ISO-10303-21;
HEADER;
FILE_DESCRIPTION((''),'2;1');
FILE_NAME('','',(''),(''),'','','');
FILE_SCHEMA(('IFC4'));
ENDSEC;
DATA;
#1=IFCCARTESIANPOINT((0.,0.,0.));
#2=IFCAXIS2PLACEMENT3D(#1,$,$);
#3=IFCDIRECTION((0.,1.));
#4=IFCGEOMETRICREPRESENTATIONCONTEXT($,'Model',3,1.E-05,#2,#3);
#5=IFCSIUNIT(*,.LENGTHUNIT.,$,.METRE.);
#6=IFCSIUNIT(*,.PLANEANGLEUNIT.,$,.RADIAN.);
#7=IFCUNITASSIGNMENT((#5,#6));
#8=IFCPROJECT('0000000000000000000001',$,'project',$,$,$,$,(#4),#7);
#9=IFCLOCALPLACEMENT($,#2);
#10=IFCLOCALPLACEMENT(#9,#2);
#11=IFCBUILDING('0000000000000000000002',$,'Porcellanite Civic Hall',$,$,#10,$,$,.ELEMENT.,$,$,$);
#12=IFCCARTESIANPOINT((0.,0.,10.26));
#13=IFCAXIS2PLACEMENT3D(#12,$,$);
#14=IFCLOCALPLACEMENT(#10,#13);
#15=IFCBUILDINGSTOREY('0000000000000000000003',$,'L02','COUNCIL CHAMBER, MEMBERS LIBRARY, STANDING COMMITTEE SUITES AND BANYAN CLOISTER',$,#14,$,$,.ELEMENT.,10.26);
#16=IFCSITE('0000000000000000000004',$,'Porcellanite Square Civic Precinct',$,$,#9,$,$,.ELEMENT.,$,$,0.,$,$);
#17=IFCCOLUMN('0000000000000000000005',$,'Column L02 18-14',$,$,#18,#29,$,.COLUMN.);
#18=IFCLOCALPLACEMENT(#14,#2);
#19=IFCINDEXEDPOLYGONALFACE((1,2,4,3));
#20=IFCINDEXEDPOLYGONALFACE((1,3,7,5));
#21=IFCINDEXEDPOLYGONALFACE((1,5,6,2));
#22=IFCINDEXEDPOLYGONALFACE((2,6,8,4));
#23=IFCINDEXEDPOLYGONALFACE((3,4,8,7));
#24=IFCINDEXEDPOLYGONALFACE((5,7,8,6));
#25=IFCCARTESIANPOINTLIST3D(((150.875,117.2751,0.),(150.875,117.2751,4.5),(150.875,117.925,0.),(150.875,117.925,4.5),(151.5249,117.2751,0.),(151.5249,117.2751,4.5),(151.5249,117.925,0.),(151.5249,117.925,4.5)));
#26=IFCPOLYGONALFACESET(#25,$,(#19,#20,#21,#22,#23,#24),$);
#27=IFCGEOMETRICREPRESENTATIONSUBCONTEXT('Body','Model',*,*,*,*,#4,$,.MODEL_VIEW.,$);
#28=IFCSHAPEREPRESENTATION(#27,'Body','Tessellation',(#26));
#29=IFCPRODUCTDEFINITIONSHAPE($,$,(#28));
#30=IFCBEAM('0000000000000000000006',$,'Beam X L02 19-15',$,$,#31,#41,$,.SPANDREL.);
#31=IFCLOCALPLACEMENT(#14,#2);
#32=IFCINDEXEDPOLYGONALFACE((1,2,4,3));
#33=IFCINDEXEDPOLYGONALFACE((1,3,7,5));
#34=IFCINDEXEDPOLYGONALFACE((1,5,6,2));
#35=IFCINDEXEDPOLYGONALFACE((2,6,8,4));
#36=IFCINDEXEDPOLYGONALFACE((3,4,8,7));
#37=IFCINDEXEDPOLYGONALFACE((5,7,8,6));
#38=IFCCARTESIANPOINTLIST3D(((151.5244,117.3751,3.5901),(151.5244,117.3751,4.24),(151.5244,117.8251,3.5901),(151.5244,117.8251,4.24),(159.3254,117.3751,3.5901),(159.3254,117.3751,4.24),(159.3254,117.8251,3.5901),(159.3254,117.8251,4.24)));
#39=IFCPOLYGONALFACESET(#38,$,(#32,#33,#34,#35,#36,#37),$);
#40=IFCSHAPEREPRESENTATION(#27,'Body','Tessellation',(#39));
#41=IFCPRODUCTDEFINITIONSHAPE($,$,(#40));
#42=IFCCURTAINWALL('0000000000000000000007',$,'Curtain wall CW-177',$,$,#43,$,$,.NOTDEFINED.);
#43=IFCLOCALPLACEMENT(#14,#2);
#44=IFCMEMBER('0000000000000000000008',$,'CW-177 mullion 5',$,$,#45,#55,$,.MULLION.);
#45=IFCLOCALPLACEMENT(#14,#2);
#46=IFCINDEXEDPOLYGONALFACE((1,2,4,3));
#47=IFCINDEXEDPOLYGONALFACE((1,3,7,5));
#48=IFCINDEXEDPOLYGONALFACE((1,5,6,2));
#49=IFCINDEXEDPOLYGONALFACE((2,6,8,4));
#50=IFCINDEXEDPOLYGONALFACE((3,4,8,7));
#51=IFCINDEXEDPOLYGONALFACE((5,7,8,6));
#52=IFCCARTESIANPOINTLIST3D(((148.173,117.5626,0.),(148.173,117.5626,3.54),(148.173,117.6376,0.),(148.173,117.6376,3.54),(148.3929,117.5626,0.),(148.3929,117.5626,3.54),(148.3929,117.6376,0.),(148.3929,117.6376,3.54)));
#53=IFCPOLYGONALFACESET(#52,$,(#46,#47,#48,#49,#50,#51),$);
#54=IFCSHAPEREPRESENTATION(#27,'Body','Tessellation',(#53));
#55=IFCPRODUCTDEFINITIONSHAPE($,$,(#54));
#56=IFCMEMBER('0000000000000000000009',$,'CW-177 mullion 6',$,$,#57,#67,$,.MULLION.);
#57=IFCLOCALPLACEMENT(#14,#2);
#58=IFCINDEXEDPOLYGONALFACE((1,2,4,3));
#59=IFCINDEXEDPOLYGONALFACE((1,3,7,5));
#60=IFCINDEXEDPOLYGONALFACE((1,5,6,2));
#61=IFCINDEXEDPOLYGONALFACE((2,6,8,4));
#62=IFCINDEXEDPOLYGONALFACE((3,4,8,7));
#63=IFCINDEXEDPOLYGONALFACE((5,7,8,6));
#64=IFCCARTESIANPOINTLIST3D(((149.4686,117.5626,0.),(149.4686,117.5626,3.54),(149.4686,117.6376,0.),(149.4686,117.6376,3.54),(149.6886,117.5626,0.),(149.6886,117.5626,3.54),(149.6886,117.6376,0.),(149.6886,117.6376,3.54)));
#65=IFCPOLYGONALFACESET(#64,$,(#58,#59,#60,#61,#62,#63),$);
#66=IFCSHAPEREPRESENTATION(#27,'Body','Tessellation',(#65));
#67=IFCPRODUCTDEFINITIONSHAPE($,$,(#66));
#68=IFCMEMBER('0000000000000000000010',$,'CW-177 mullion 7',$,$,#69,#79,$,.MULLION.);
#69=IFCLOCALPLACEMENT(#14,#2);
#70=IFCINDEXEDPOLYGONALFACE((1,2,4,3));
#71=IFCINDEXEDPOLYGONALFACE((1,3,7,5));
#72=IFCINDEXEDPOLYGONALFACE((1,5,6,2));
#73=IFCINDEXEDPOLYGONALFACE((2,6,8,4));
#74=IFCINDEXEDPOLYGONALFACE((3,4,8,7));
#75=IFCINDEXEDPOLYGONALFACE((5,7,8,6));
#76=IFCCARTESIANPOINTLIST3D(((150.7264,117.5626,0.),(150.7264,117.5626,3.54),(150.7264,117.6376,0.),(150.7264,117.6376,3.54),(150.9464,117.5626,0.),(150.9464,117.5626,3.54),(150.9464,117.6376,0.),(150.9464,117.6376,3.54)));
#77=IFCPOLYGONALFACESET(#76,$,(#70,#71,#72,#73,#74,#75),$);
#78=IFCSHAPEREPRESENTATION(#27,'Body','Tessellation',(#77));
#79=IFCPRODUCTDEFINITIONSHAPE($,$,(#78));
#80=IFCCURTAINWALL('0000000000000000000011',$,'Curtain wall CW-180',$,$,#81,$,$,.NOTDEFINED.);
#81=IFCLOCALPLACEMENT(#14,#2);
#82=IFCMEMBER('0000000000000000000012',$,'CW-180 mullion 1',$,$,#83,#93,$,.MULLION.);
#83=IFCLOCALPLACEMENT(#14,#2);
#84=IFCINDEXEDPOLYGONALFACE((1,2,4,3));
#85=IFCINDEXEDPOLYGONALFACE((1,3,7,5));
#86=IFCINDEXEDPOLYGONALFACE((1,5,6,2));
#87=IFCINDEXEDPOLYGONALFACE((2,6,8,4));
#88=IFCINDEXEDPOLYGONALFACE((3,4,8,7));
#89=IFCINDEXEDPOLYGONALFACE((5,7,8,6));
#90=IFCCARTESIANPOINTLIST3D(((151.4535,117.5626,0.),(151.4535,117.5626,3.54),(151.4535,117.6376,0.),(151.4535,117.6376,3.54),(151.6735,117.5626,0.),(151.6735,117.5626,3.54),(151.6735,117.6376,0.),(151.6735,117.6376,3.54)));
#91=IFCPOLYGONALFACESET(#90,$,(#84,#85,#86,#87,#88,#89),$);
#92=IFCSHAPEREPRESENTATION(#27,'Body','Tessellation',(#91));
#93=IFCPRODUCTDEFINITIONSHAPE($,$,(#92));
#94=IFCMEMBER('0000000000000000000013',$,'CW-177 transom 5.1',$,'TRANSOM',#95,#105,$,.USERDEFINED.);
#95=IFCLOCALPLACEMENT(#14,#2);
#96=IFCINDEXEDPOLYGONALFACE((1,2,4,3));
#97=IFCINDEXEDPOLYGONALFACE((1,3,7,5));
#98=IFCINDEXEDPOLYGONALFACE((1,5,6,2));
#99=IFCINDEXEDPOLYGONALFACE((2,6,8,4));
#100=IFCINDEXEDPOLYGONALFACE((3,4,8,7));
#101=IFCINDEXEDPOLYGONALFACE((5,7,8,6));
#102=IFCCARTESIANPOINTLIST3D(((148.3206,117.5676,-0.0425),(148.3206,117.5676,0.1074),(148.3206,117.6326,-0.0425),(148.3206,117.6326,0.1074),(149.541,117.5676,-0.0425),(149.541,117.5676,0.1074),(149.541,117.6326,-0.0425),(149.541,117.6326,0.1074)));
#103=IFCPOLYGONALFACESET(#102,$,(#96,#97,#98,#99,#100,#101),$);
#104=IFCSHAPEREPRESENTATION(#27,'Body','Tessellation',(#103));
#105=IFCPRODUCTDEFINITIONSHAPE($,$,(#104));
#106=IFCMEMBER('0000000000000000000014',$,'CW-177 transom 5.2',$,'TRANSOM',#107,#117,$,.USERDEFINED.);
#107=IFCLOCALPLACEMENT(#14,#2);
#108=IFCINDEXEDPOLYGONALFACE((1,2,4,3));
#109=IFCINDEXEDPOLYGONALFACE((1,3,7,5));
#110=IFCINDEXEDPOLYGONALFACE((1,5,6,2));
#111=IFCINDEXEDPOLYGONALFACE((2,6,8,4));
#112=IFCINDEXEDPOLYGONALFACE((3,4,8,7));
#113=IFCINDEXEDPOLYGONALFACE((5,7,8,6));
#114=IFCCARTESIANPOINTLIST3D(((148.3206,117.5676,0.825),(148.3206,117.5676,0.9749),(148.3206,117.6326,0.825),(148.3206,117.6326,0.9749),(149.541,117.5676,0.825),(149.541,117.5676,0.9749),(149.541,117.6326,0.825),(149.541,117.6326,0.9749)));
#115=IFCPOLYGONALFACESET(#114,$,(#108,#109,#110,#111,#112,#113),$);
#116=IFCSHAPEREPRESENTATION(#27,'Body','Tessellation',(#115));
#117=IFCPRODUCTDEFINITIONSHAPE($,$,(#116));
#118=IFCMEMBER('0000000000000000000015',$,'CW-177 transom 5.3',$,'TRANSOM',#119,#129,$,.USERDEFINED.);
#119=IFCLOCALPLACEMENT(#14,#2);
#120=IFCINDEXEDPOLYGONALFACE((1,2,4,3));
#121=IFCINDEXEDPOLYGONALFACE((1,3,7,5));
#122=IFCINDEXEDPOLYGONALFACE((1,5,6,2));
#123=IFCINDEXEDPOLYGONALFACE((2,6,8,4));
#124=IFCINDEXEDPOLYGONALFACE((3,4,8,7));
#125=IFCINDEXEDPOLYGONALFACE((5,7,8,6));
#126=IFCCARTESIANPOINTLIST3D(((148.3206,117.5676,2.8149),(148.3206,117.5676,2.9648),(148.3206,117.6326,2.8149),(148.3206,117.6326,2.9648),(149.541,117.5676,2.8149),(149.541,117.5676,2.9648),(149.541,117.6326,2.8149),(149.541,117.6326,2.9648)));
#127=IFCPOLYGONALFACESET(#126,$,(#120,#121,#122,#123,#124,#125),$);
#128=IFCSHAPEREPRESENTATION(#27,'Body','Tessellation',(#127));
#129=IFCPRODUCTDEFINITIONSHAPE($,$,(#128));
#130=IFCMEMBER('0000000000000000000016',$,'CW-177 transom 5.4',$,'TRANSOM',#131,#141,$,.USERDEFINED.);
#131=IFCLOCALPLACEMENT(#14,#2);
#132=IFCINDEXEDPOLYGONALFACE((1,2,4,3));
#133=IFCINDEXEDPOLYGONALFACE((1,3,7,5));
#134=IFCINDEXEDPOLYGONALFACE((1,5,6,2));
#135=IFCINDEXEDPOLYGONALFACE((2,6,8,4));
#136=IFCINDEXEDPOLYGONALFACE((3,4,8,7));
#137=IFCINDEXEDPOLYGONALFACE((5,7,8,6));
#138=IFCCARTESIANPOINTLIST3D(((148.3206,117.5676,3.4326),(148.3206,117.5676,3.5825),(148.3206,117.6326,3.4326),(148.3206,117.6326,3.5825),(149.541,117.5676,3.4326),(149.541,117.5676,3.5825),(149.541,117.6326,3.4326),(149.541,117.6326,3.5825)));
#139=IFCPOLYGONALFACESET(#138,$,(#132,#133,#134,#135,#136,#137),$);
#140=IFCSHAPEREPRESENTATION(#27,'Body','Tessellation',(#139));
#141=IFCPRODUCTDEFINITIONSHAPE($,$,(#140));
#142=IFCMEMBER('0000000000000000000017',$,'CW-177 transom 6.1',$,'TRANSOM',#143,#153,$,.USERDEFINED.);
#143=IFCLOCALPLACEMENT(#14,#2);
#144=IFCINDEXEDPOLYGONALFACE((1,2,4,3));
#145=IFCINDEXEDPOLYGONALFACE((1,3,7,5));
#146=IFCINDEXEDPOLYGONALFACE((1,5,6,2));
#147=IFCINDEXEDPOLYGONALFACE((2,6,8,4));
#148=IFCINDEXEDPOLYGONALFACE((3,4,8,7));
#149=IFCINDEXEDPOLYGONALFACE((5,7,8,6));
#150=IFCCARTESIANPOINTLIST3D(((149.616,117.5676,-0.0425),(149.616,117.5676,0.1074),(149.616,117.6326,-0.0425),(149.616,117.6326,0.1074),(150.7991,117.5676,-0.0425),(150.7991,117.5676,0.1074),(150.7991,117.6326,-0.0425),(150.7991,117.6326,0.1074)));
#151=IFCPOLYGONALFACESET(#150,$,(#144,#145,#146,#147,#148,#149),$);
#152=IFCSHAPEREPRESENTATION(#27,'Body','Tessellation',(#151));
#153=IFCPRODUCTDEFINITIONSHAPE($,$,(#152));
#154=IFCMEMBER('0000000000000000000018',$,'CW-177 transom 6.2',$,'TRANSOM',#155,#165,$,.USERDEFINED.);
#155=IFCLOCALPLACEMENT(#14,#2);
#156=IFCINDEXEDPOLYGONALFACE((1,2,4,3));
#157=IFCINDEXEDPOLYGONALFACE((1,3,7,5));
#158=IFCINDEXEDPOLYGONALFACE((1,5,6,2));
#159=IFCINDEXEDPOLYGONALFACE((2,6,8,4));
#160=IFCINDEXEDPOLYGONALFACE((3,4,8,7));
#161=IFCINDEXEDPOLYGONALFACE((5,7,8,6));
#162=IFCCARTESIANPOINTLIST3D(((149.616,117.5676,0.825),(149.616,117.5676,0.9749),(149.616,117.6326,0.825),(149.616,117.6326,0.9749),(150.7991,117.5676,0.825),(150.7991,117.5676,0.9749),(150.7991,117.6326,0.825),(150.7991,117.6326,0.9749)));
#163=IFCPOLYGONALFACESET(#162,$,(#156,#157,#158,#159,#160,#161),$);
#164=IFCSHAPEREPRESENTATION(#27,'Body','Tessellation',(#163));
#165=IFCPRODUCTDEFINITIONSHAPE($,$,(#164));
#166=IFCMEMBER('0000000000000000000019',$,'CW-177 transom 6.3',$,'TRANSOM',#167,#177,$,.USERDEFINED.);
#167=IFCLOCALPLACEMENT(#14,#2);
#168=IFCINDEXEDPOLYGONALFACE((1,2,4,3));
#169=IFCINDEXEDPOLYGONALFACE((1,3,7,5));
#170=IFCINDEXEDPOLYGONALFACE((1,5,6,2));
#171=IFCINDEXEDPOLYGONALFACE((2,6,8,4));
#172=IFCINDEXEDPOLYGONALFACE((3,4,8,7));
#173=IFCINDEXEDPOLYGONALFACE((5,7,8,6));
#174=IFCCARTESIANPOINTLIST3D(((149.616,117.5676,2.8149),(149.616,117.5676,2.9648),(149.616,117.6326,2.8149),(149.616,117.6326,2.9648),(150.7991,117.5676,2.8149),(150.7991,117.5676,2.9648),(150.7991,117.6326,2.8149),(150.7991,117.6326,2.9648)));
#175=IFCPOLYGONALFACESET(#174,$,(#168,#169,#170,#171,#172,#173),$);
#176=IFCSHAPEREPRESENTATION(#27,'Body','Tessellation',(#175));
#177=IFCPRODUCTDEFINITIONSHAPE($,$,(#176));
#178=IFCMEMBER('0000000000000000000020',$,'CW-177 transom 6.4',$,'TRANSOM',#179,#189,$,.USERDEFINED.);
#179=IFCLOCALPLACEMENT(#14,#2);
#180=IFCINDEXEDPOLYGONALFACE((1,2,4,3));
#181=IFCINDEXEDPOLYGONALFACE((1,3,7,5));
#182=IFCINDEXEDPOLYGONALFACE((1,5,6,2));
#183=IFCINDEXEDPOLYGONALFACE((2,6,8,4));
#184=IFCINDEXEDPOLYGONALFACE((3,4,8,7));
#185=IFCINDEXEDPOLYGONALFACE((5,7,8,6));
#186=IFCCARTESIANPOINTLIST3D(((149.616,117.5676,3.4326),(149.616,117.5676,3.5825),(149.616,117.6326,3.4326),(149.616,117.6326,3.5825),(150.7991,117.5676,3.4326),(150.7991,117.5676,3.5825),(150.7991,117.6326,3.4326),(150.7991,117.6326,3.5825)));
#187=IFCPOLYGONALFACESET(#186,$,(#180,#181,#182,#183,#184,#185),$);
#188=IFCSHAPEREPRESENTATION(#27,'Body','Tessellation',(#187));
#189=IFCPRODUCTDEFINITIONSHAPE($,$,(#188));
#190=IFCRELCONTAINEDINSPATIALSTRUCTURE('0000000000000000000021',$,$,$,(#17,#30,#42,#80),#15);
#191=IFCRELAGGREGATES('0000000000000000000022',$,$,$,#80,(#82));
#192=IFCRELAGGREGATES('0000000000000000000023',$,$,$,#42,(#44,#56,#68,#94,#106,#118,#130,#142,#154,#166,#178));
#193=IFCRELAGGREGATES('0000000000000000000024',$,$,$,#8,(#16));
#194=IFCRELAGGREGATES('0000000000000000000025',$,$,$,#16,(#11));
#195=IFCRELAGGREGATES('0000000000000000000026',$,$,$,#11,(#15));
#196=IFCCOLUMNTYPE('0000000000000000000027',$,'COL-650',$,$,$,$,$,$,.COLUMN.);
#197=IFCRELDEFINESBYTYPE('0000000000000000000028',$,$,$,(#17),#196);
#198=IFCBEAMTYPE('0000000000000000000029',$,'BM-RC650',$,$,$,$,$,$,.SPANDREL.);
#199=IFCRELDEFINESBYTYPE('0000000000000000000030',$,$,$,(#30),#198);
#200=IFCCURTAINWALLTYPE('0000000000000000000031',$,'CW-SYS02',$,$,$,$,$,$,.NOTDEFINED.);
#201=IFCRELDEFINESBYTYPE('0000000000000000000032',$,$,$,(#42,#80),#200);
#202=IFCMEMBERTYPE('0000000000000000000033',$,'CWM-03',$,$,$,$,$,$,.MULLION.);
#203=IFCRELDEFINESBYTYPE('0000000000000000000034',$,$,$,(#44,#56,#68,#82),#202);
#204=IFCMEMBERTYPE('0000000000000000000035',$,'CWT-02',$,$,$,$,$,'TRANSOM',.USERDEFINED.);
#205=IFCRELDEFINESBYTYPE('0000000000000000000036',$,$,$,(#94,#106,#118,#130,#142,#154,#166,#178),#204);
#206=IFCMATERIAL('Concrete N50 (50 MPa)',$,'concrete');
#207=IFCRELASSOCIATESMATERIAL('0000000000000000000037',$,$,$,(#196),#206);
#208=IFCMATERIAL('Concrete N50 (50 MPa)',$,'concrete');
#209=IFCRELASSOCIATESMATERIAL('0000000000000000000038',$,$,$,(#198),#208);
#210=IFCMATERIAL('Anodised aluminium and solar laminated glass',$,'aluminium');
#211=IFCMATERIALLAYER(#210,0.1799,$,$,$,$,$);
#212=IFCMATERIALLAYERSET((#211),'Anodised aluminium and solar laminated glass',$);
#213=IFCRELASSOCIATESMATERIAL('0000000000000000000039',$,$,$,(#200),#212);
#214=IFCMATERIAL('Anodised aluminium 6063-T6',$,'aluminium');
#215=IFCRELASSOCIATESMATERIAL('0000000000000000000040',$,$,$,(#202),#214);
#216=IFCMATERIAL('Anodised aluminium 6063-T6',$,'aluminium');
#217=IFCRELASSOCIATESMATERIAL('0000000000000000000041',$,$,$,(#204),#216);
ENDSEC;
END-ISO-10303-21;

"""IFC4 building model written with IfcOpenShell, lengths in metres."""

from ifc_helpers import new_model, si_unit, direction, frame, origin, origin_2d, place, context, subcontext, project, spatial, rectangle, extrude, material, layer, layer_set, material_profile, profile_set, type_object, element, aggregate, save


model = new_model("IFC4")

# Units and contexts
model_context = context("Model", 3, precision=1e-05, world=origin(), true_north=direction((0.0, 1.0)))
body_context = subcontext(model_context, "Body", "Model", "MODEL_VIEW")
ifc_project = project(units=[si_unit("LENGTHUNIT", "METRE"), si_unit("PLANEANGLEUNIT", "RADIAN")], contexts=[model_context])

# Site, building, storey
site_placement = place(None, origin())
site = spatial("IfcSite", under=ifc_project, at=site_placement, Name="Porcellanite Square Civic Precinct", CompositionType="ELEMENT", RefElevation=0.0)
building_placement = place(site_placement, origin())
building = spatial("IfcBuilding", under=site, at=building_placement, Name="Porcellanite Civic Hall", CompositionType="ELEMENT")
storey_placement = place(building_placement, frame((0.0, 0.0, 10.26)))
storey = spatial("IfcBuildingStorey", under=building, at=storey_placement, Name="L02", Description="COUNCIL CHAMBER, MEMBERS LIBRARY, STANDING COMMITTEE SUITES AND BANYAN CLOISTER", CompositionType="ELEMENT", Elevation=10.26)

# Column
ifc_material_1 = material(Name="Concrete N50 (50 MPa)", Category="concrete")
ifc_material_profile_1 = material_profile(ifc_material_1, rectangle(XDim=0.6499, YDim=0.6499, at=origin_2d()), Name="RC-650x650")
ifc_profile_set_1 = profile_set([ifc_material_profile_1], Name="Concrete N50 (50 MPa)")
column_type = type_object("IfcColumnType", Name="COL-650", PredefinedType="COLUMN", material=ifc_profile_set_1)
column_placement = place(storey_placement, frame((151.2, 117.6001, 0.0), z_axis=(0.0, 0.0, 1.0), x_axis=(1.0, 0.0, 0.0)))
element("IfcColumn", 1, at=column_placement, inside=storey, type_object=column_type, Name="Column L02 18-14", PredefinedType="COLUMN", context=body_context, shape_type="SweptSolid", body=[
    extrude(rectangle(XDim=0.6499, YDim=0.6499, at=origin_2d()), origin(), (0.0, 0.0, 1.0), 4.5),
])

# Beam
ifc_material_2 = material(Name="Concrete N50 (50 MPa)", Category="concrete")
ifc_material_profile_2 = material_profile(ifc_material_2, rectangle(XDim=0.45, YDim=0.6499, at=origin_2d()), Name="RC-450x650")
ifc_profile_set_2 = profile_set([ifc_material_profile_2], Name="Concrete N50 (50 MPa)")
beam_type = type_object("IfcBeamType", Name="BM-RC650", PredefinedType="SPANDREL", material=ifc_profile_set_2)
beam_placement = place(storey_placement, frame((151.5244, 117.6001, 3.915), z_axis=(1.0, 0.0, 0.0), x_axis=(0.0, 1.0, 0.0)))
element("IfcBeam", 2, at=beam_placement, inside=storey, type_object=beam_type, Name="Beam X L02 19-15", PredefinedType="SPANDREL", context=body_context, shape_type="SweptSolid", body=[
    extrude(rectangle(XDim=0.45, YDim=0.6499, at=origin_2d()), origin(), (0.0, 0.0, 1.0), 7.801),
])

# Curtain wall, members
ifc_material_3 = material(Name="Anodised aluminium and solar laminated glass", Category="aluminium")
ifc_layer_1 = layer(ifc_material_3, 0.1799)
ifc_layer_set_1 = layer_set([ifc_layer_1], Name="Anodised aluminium and solar laminated glass")
curtain_wall_type = type_object("IfcCurtainWallType", Name="CW-SYS02", PredefinedType="NOTDEFINED", material=ifc_layer_set_1)
curtain_wall_1_placement = place(storey_placement, origin())
curtain_wall_1 = element("IfcCurtainWall", 3, at=curtain_wall_1_placement, inside=storey, type_object=curtain_wall_type, Name="Curtain wall CW-177", PredefinedType="NOTDEFINED")
ifc_material_4 = material(Name="Anodised aluminium 6063-T6", Category="aluminium")
ifc_material_profile_3 = material_profile(ifc_material_4, rectangle(XDim=0.075, YDim=0.22, at=origin_2d()), Name="AL-75x220")
ifc_profile_set_3 = profile_set([ifc_material_profile_3], Name="Anodised aluminium 6063-T6")
member_type_1 = type_object("IfcMemberType", Name="CWM-03", PredefinedType="MULLION", material=ifc_profile_set_3)
member_1_placement = place(storey_placement, frame((148.283, 117.6001, 0.0), z_axis=(0.0, 0.0, 1.0), x_axis=(0.0, 1.0, 0.0)))
member_1 = element("IfcMember", 4, at=member_1_placement, type_object=member_type_1, Name="CW-177 mullion 5", PredefinedType="MULLION", context=body_context, shape_type="SweptSolid", body=[
    extrude(rectangle(XDim=0.075, YDim=0.22, at=origin_2d()), origin(), (0.0, 0.0, 1.0), 3.54),
])
member_2_placement = place(storey_placement, frame((149.5786, 117.6001, 0.0), z_axis=(0.0, 0.0, 1.0), x_axis=(0.0, 1.0, 0.0)))
member_2 = element("IfcMember", 5, at=member_2_placement, type_object=member_type_1, Name="CW-177 mullion 6", PredefinedType="MULLION", context=body_context, shape_type="SweptSolid", body=[
    extrude(rectangle(XDim=0.075, YDim=0.22, at=origin_2d()), origin(), (0.0, 0.0, 1.0), 3.54),
])
member_3_placement = place(storey_placement, frame((150.8364, 117.6001, 0.0), z_axis=(0.0, 0.0, 1.0), x_axis=(0.0, 1.0, 0.0)))
member_3 = element("IfcMember", 6, at=member_3_placement, type_object=member_type_1, Name="CW-177 mullion 7", PredefinedType="MULLION", context=body_context, shape_type="SweptSolid", body=[
    extrude(rectangle(XDim=0.075, YDim=0.22, at=origin_2d()), origin(), (0.0, 0.0, 1.0), 3.54),
])

# Curtain wall, member
curtain_wall_2_placement = place(storey_placement, origin())
curtain_wall_2 = element("IfcCurtainWall", 7, at=curtain_wall_2_placement, inside=storey, type_object=curtain_wall_type, Name="Curtain wall CW-180", PredefinedType="NOTDEFINED")
member_4_placement = place(storey_placement, frame((151.5635, 117.6001, 0.0), z_axis=(0.0, 0.0, 1.0), x_axis=(0.0, 1.0, 0.0)))
member_4 = element("IfcMember", 8, at=member_4_placement, type_object=member_type_1, Name="CW-180 mullion 1", PredefinedType="MULLION", context=body_context, shape_type="SweptSolid", body=[
    extrude(rectangle(XDim=0.075, YDim=0.22, at=origin_2d()), origin(), (0.0, 0.0, 1.0), 3.54),
])

# Members
ifc_material_5 = material(Name="Anodised aluminium 6063-T6", Category="aluminium")
ifc_material_profile_4 = material_profile(ifc_material_5, rectangle(XDim=0.0649, YDim=0.1499, at=origin_2d()), Name="AL-65x150")
ifc_profile_set_4 = profile_set([ifc_material_profile_4], Name="Anodised aluminium 6063-T6")
member_type_2 = type_object("IfcMemberType", Name="CWT-02", ElementType="TRANSOM", PredefinedType="USERDEFINED", material=ifc_profile_set_4)
member_5_placement = place(storey_placement, frame((148.3206, 117.6001, 0.0325), z_axis=(1.0, 0.0, 0.0), x_axis=(0.0, 1.0, 0.0)))
member_5 = element("IfcMember", 9, at=member_5_placement, type_object=member_type_2, Name="CW-177 transom 5.1", ObjectType="TRANSOM", PredefinedType="USERDEFINED", context=body_context, shape_type="SweptSolid", body=[
    extrude(rectangle(XDim=0.0649, YDim=0.1499, at=origin_2d()), origin(), (0.0, 0.0, 1.0), 1.2205),
])
member_6_placement = place(storey_placement, frame((148.3206, 117.6001, 0.8999), z_axis=(1.0, 0.0, 0.0), x_axis=(0.0, 1.0, 0.0)))
member_6 = element("IfcMember", 10, at=member_6_placement, type_object=member_type_2, Name="CW-177 transom 5.2", ObjectType="TRANSOM", PredefinedType="USERDEFINED", context=body_context, shape_type="SweptSolid", body=[
    extrude(rectangle(XDim=0.0649, YDim=0.1499, at=origin_2d()), origin(), (0.0, 0.0, 1.0), 1.2205),
])
member_7_placement = place(storey_placement, frame((148.3206, 117.6001, 2.8899), z_axis=(1.0, 0.0, 0.0), x_axis=(0.0, 1.0, 0.0)))
member_7 = element("IfcMember", 11, at=member_7_placement, type_object=member_type_2, Name="CW-177 transom 5.3", ObjectType="TRANSOM", PredefinedType="USERDEFINED", context=body_context, shape_type="SweptSolid", body=[
    extrude(rectangle(XDim=0.0649, YDim=0.1499, at=origin_2d()), origin(), (0.0, 0.0, 1.0), 1.2205),
])
member_8_placement = place(storey_placement, frame((148.3206, 117.6001, 3.5076), z_axis=(1.0, 0.0, 0.0), x_axis=(0.0, 1.0, 0.0)))
member_8 = element("IfcMember", 12, at=member_8_placement, type_object=member_type_2, Name="CW-177 transom 5.4", ObjectType="TRANSOM", PredefinedType="USERDEFINED", context=body_context, shape_type="SweptSolid", body=[
    extrude(rectangle(XDim=0.0649, YDim=0.1499, at=origin_2d()), origin(), (0.0, 0.0, 1.0), 1.2205),
])
member_9_placement = place(storey_placement, frame((149.616, 117.6001, 0.0325), z_axis=(1.0, 0.0, 0.0), x_axis=(0.0, 1.0, 0.0)))
member_9 = element("IfcMember", 13, at=member_9_placement, type_object=member_type_2, Name="CW-177 transom 6.1", ObjectType="TRANSOM", PredefinedType="USERDEFINED", context=body_context, shape_type="SweptSolid", body=[
    extrude(rectangle(XDim=0.0649, YDim=0.1499, at=origin_2d()), origin(), (0.0, 0.0, 1.0), 1.1831),
])
member_10_placement = place(storey_placement, frame((149.616, 117.6001, 0.8999), z_axis=(1.0, 0.0, 0.0), x_axis=(0.0, 1.0, 0.0)))
member_10 = element("IfcMember", 14, at=member_10_placement, type_object=member_type_2, Name="CW-177 transom 6.2", ObjectType="TRANSOM", PredefinedType="USERDEFINED", context=body_context, shape_type="SweptSolid", body=[
    extrude(rectangle(XDim=0.0649, YDim=0.1499, at=origin_2d()), origin(), (0.0, 0.0, 1.0), 1.1831),
])
member_11_placement = place(storey_placement, frame((149.616, 117.6001, 2.8899), z_axis=(1.0, 0.0, 0.0), x_axis=(0.0, 1.0, 0.0)))
member_11 = element("IfcMember", 15, at=member_11_placement, type_object=member_type_2, Name="CW-177 transom 6.3", ObjectType="TRANSOM", PredefinedType="USERDEFINED", context=body_context, shape_type="SweptSolid", body=[
    extrude(rectangle(XDim=0.0649, YDim=0.1499, at=origin_2d()), origin(), (0.0, 0.0, 1.0), 1.1831),
])
member_12_placement = place(storey_placement, frame((149.616, 117.6001, 3.5076), z_axis=(1.0, 0.0, 0.0), x_axis=(0.0, 1.0, 0.0)))
member_12 = element("IfcMember", 16, at=member_12_placement, type_object=member_type_2, Name="CW-177 transom 6.4", ObjectType="TRANSOM", PredefinedType="USERDEFINED", context=body_context, shape_type="SweptSolid", body=[
    extrude(rectangle(XDim=0.0649, YDim=0.1499, at=origin_2d()), origin(), (0.0, 0.0, 1.0), 1.1831),
])
aggregate(curtain_wall_2, [member_4])

aggregate(curtain_wall_1, [member_1, member_2, member_3, member_5, member_6, member_7, member_8, member_9, member_10, member_11, member_12])

save(model, "model.ifc")
